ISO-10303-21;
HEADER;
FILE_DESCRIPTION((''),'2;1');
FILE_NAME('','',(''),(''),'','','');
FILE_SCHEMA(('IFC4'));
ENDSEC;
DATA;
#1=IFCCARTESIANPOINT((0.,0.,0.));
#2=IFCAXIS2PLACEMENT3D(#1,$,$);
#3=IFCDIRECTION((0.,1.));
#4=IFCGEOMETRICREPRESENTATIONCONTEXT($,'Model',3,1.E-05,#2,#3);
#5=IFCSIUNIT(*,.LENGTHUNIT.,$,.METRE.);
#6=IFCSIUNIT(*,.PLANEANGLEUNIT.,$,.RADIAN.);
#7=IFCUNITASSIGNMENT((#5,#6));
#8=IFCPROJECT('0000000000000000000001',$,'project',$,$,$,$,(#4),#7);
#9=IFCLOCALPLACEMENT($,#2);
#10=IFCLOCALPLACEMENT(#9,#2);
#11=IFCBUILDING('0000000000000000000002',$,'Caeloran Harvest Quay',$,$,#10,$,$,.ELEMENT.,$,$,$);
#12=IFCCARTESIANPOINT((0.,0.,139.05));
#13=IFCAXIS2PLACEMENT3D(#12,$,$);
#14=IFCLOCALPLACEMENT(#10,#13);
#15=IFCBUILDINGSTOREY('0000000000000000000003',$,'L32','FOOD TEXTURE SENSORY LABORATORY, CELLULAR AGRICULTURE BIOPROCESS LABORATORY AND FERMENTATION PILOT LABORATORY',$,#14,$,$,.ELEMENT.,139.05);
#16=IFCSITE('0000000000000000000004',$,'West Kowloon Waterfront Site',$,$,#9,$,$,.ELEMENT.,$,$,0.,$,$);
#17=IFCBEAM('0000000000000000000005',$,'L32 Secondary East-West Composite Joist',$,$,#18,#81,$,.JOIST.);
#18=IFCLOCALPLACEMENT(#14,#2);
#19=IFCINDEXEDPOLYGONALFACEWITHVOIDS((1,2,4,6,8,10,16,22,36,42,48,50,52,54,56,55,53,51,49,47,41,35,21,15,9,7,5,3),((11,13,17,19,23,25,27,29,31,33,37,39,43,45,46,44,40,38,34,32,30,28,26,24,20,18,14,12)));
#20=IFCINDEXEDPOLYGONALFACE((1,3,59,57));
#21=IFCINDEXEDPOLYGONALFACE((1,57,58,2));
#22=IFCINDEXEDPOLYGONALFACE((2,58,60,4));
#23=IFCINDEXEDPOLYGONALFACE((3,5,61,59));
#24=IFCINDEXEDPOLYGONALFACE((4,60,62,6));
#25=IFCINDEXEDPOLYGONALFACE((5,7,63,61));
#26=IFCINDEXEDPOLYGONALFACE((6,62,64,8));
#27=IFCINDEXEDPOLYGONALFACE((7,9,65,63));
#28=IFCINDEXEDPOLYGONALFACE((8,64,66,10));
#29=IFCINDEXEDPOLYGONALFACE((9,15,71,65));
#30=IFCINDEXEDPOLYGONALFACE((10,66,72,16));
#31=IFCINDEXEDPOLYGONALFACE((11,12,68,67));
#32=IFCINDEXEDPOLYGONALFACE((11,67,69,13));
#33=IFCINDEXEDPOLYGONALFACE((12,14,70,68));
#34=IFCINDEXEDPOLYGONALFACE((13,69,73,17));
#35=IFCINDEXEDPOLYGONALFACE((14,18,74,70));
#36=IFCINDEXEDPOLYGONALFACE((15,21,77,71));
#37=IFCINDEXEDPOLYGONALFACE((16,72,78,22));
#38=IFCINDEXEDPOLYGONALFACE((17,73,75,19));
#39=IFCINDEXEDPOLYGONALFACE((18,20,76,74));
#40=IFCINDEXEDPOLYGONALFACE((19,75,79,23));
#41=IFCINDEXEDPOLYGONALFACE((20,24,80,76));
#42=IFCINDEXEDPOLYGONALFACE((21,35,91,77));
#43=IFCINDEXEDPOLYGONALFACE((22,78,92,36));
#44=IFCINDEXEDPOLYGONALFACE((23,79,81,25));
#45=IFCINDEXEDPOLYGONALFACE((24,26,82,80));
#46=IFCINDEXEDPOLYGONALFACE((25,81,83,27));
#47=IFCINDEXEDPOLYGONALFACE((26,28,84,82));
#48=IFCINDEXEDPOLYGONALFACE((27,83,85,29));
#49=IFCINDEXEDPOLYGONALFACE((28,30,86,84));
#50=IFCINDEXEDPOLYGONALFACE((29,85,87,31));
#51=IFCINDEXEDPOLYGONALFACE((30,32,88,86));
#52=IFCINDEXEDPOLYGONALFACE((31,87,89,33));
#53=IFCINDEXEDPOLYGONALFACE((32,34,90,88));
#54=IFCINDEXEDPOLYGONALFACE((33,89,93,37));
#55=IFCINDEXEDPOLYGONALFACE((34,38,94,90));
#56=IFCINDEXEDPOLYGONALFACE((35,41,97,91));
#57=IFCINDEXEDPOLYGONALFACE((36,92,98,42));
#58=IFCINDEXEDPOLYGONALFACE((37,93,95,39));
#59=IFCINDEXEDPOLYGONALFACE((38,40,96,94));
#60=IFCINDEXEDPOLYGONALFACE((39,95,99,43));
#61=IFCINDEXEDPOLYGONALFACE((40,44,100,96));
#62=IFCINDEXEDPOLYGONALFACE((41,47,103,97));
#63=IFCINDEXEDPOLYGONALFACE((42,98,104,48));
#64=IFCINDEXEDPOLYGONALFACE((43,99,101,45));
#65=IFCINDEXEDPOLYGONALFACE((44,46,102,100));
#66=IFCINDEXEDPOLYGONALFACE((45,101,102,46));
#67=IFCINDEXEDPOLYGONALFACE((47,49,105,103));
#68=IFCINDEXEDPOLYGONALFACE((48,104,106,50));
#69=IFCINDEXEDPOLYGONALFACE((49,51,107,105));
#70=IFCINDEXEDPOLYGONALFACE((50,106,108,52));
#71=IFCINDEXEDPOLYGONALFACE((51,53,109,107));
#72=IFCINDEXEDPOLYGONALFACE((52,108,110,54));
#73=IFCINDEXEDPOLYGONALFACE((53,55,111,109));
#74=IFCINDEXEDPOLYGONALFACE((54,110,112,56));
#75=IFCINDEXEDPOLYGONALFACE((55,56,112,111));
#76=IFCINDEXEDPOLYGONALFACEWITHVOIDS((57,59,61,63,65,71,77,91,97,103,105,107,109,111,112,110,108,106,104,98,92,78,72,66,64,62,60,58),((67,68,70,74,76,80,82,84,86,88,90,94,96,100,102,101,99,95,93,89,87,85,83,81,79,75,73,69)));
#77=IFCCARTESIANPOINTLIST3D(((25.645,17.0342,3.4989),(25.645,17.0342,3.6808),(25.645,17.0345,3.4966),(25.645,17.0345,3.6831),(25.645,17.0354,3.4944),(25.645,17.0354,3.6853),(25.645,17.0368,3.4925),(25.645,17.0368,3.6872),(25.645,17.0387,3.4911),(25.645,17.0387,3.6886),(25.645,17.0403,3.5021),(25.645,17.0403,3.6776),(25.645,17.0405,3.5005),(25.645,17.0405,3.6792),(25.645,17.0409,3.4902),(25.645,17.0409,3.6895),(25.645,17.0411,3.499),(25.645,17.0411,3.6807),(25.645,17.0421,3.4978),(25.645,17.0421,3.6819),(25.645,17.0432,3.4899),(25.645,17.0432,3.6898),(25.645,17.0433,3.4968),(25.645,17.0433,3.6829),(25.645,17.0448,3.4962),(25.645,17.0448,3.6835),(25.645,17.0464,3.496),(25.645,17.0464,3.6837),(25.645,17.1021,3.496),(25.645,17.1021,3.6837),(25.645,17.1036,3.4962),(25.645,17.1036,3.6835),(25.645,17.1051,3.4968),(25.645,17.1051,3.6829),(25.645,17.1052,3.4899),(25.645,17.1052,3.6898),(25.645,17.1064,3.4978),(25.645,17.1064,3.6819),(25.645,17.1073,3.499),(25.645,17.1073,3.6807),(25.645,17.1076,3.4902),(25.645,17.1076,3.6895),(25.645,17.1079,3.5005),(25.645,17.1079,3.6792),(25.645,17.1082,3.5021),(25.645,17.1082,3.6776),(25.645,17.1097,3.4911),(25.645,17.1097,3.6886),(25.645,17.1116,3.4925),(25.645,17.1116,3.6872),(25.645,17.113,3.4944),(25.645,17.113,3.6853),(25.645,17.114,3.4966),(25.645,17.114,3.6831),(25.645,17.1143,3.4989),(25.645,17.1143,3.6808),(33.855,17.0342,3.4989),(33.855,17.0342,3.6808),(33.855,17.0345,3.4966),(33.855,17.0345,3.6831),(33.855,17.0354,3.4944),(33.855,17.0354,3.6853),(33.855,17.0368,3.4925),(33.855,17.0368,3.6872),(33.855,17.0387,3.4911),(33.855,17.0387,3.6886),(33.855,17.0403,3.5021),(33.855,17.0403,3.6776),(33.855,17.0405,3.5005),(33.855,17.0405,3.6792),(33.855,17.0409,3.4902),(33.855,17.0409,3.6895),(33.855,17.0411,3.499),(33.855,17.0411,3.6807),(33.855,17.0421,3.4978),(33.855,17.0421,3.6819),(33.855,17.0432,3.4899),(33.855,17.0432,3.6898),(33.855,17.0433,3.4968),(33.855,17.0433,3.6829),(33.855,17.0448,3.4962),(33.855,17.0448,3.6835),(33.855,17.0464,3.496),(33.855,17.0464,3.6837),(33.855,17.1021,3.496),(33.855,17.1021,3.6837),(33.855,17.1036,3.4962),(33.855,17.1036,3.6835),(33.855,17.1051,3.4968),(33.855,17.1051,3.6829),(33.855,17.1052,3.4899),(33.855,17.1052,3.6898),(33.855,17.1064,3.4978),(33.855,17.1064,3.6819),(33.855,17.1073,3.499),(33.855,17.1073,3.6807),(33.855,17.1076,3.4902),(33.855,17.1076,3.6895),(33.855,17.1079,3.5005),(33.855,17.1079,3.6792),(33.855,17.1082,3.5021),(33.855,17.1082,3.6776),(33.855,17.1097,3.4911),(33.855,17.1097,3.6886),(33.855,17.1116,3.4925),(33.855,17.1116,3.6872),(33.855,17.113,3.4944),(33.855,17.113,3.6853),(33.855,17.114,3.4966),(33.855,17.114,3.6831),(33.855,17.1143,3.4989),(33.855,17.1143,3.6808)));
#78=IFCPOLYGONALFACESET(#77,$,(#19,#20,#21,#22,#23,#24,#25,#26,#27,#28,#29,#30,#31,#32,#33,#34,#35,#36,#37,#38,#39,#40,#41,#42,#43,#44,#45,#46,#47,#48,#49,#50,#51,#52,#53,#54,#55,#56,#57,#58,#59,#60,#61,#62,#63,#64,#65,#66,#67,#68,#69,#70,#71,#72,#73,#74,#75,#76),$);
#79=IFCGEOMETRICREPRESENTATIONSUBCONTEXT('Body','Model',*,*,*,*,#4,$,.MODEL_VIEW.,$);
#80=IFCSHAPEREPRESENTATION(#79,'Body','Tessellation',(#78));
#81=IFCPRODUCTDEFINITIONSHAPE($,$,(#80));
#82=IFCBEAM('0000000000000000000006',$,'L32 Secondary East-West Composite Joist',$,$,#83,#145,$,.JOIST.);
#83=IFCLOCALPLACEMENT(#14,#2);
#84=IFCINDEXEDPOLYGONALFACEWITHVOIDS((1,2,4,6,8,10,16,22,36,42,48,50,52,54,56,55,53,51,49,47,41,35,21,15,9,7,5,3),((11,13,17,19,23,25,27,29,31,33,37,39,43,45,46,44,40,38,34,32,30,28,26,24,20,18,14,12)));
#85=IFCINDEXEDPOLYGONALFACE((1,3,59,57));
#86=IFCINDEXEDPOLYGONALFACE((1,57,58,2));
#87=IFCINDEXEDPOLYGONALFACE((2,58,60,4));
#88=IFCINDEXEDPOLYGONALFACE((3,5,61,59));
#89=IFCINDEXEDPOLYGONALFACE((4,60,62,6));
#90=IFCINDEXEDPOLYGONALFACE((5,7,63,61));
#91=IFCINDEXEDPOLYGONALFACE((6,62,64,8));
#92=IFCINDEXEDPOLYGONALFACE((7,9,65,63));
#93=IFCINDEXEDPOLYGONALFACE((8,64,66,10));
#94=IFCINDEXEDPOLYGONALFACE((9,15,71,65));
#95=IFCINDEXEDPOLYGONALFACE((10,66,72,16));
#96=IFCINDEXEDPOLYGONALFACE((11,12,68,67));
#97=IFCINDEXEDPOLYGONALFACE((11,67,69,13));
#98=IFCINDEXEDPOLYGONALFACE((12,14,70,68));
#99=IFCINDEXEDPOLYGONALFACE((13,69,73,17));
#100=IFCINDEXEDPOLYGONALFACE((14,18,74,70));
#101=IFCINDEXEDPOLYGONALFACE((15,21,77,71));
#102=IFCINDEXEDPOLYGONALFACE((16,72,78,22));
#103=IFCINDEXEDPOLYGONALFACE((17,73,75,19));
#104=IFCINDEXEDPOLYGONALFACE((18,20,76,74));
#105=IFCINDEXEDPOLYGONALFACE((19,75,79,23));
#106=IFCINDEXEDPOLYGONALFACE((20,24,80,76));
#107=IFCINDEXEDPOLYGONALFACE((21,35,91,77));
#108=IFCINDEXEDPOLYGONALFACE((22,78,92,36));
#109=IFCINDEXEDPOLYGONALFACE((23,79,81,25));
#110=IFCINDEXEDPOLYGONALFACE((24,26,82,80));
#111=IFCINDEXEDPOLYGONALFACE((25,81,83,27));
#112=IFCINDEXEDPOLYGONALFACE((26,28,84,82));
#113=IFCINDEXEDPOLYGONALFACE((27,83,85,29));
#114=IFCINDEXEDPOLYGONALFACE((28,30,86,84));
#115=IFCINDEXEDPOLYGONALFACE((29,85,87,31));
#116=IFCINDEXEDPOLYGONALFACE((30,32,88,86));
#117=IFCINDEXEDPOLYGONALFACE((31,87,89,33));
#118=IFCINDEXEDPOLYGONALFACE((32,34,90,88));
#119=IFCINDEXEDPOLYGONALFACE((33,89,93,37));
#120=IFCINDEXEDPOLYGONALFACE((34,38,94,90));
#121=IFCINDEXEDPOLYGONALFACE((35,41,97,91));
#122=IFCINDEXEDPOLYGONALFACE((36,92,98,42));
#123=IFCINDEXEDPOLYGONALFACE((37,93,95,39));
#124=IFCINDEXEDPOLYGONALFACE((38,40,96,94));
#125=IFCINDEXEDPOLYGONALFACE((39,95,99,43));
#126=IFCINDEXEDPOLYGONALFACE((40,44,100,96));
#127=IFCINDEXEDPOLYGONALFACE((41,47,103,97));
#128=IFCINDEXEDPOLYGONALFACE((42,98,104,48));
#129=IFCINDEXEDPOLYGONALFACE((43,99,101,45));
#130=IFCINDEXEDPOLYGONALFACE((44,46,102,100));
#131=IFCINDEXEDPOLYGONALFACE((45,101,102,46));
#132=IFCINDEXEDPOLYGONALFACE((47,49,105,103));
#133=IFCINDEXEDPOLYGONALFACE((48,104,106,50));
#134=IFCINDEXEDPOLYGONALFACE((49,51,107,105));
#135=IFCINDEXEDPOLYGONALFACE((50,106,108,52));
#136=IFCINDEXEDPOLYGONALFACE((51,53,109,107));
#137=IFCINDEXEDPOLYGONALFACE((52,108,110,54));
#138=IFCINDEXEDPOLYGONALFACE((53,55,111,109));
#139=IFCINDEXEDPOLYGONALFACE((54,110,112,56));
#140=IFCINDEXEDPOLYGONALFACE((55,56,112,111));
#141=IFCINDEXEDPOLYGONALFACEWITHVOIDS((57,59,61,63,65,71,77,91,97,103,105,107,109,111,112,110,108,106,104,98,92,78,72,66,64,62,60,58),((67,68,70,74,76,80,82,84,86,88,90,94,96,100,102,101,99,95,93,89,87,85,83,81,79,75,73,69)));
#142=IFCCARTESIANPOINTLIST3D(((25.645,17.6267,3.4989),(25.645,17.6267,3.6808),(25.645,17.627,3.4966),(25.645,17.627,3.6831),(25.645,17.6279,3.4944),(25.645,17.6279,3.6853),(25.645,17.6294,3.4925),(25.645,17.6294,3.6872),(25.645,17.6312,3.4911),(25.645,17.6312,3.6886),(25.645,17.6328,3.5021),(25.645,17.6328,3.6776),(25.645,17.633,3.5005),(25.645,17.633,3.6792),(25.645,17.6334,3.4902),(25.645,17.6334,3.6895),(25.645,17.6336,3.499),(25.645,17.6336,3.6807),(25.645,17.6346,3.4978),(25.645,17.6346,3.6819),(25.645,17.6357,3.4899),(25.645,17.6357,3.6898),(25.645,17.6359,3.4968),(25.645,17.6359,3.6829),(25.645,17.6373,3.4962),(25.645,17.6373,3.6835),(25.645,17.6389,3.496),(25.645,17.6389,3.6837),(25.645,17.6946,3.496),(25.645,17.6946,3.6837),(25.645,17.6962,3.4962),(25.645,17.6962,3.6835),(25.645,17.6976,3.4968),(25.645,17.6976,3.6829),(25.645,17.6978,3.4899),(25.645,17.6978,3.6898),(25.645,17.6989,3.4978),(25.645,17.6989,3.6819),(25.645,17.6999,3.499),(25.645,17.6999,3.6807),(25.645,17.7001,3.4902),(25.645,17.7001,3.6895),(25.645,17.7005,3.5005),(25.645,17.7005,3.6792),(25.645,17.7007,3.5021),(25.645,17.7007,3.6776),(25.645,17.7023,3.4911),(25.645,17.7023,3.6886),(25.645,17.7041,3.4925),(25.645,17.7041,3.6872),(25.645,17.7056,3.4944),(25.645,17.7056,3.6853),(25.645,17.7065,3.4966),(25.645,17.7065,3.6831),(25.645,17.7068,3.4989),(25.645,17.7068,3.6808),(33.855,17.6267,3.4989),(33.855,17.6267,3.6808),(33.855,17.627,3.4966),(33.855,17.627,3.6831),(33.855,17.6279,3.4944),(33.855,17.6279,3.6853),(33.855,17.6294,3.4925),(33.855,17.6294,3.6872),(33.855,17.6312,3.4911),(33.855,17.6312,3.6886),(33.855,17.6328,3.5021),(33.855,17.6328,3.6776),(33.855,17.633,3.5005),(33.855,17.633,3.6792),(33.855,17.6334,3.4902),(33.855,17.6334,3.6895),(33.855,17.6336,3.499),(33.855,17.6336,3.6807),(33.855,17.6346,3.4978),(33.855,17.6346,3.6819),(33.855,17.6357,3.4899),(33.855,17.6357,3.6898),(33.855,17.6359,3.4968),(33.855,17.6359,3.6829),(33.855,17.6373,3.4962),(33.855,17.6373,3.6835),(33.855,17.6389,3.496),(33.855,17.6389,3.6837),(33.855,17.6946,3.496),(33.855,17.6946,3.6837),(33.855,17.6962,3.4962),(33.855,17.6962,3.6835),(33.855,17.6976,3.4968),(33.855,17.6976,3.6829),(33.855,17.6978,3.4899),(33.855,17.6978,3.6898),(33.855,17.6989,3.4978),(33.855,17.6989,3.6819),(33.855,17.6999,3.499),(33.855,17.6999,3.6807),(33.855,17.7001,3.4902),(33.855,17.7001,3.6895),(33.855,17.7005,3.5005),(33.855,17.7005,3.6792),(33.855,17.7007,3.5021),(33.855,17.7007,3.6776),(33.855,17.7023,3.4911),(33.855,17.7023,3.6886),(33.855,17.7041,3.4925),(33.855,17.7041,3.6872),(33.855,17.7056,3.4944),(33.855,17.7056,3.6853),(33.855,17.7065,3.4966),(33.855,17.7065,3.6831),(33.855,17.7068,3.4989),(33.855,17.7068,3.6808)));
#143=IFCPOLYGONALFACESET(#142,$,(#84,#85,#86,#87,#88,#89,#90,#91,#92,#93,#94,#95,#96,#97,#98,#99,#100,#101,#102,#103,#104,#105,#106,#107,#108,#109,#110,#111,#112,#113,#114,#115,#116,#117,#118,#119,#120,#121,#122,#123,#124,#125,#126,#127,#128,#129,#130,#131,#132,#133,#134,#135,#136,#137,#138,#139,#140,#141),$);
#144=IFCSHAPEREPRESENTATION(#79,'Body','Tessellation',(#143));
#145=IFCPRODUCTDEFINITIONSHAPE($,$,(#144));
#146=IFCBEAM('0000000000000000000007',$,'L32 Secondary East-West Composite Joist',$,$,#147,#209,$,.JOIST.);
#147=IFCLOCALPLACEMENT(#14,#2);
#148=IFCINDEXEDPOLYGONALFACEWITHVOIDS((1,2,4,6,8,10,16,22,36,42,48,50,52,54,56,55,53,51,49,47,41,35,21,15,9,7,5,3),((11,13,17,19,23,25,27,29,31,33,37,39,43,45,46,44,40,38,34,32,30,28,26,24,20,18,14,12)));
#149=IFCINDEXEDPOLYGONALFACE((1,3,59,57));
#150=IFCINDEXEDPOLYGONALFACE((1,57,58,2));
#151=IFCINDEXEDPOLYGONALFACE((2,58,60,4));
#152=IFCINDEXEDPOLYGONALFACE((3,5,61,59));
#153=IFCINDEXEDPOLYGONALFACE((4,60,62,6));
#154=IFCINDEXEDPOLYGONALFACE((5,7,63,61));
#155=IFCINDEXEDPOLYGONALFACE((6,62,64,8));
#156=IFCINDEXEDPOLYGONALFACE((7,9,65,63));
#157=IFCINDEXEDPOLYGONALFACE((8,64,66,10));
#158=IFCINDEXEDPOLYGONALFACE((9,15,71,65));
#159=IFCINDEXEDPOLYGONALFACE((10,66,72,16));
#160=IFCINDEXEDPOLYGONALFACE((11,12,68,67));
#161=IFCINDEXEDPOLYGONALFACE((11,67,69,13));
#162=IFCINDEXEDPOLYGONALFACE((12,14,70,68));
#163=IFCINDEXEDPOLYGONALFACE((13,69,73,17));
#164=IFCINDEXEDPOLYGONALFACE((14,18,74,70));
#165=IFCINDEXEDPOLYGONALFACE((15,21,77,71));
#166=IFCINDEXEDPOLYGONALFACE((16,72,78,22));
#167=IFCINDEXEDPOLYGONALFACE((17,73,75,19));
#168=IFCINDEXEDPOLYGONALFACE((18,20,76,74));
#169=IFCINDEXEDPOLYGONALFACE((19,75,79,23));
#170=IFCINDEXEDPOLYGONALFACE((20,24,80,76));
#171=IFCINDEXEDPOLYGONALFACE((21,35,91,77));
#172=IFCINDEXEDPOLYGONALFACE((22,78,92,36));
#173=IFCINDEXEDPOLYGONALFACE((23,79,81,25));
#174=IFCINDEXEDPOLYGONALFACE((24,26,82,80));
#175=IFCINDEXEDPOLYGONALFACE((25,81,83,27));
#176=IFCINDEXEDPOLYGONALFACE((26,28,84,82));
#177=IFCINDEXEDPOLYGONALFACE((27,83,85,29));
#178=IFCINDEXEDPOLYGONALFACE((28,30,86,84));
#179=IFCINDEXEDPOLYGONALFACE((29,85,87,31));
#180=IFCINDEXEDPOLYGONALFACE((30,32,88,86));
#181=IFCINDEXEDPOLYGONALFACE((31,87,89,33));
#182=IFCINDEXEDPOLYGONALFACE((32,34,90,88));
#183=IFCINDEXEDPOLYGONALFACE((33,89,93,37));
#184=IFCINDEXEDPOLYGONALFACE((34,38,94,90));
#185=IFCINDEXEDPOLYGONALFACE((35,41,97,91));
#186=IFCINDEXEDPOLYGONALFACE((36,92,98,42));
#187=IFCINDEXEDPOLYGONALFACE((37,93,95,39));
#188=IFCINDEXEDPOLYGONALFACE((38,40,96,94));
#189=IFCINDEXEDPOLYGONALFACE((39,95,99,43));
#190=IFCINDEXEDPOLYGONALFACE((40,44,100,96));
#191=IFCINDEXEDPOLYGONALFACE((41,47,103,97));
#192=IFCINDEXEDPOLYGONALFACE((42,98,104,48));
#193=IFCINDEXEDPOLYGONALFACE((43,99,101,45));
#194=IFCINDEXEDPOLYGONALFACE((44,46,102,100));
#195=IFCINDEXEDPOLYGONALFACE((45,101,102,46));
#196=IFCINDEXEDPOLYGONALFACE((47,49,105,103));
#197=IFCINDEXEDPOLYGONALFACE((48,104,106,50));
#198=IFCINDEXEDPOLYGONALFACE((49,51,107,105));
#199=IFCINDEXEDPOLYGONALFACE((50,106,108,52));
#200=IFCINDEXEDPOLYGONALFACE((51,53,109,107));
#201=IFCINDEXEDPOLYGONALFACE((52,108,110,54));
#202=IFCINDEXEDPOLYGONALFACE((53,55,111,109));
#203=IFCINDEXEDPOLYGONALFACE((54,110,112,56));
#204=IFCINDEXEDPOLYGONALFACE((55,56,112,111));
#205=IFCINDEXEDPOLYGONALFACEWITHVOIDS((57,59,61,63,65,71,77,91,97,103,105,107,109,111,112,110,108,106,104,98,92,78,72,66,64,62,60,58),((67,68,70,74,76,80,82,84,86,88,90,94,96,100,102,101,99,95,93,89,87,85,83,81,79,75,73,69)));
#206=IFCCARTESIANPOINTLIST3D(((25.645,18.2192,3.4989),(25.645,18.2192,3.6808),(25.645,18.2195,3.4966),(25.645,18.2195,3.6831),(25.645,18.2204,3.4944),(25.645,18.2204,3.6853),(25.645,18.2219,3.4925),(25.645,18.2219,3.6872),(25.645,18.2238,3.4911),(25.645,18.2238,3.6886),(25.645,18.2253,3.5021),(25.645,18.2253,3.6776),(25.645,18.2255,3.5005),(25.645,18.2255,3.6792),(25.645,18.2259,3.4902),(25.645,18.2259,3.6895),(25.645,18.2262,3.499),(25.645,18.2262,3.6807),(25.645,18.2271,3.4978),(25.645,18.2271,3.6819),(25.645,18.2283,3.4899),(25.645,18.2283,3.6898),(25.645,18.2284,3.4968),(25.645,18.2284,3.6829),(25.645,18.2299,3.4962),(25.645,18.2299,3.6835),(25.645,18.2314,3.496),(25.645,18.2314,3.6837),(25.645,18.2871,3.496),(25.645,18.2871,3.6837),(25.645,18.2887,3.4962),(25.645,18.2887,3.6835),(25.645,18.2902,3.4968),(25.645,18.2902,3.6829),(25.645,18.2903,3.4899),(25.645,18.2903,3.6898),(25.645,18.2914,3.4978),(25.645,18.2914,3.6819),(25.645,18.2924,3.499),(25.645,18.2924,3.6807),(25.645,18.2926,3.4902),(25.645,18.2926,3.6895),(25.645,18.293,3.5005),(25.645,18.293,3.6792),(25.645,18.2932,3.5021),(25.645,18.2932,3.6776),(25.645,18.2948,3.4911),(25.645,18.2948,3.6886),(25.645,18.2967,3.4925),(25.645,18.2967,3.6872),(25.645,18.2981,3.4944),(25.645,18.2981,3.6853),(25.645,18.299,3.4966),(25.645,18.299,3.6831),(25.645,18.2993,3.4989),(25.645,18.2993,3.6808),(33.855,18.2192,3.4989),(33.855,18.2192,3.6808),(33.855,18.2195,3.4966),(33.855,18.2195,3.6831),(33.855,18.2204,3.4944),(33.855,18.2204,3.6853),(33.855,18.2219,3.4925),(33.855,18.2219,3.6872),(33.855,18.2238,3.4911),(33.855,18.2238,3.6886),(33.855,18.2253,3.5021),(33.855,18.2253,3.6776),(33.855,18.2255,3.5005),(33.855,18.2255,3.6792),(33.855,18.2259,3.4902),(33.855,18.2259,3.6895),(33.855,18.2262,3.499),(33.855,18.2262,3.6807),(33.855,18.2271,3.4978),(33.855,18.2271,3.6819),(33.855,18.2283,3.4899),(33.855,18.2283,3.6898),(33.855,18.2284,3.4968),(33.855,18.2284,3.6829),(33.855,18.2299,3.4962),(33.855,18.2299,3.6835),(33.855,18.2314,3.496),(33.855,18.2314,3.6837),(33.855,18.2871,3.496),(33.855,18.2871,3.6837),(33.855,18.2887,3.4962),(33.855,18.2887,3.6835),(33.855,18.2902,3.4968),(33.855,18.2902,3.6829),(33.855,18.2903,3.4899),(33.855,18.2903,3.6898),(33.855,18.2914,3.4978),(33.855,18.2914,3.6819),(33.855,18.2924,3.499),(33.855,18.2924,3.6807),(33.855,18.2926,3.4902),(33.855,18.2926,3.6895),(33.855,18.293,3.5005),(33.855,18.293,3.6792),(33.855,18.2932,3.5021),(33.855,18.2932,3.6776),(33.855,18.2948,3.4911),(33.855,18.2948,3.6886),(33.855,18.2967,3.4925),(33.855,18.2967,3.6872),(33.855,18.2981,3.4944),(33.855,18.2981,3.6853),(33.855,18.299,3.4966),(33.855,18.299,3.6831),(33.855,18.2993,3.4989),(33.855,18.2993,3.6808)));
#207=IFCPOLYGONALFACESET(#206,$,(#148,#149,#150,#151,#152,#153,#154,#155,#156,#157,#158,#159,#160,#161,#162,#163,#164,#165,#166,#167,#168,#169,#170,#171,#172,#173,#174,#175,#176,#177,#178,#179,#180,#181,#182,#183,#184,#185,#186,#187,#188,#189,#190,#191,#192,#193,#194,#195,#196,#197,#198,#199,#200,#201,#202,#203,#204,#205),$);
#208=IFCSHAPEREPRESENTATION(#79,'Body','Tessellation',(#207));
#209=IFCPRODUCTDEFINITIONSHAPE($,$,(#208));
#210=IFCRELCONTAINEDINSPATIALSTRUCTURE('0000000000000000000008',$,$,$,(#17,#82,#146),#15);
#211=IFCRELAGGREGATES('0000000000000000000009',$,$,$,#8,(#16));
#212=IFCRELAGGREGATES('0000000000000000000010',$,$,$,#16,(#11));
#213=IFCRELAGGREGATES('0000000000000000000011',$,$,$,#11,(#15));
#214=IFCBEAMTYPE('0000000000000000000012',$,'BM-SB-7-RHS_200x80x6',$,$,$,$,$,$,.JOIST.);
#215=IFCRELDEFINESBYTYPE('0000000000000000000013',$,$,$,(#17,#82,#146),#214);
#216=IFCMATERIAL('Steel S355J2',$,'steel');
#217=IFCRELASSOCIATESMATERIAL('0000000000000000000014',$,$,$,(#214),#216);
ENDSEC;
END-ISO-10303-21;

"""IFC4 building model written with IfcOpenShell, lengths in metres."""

from ifc_helpers import new_model, si_unit, direction, frame, origin, origin_2d, place, context, subcontext, project, spatial, hollow_rectangle, extrude, material, material_profile, profile_set, type_object, element, save


model = new_model("IFC4")

# Units and contexts
model_context = context("Model", 3, precision=1e-05, world=origin(), true_north=direction((0.0, 1.0)))
body_context = subcontext(model_context, "Body", "Model", "MODEL_VIEW")
ifc_project = project(units=[si_unit("LENGTHUNIT", "METRE"), si_unit("PLANEANGLEUNIT", "RADIAN")], contexts=[model_context])

# Site, building, storey
site_placement = place(None, origin())
site = spatial("IfcSite", under=ifc_project, at=site_placement, Name="West Kowloon Waterfront Site", CompositionType="ELEMENT", RefElevation=0.0)
building_placement = place(site_placement, origin())
building = spatial("IfcBuilding", under=site, at=building_placement, Name="Caeloran Harvest Quay", CompositionType="ELEMENT")
storey_placement = place(building_placement, frame((0.0, 0.0, 139.05)))
storey = spatial("IfcBuildingStorey", under=building, at=storey_placement, Name="L32", Description="FOOD TEXTURE SENSORY LABORATORY, CELLULAR AGRICULTURE BIOPROCESS LABORATORY AND FERMENTATION PILOT LABORATORY", CompositionType="ELEMENT", Elevation=139.05)

# Beams
ifc_material_1 = material(Name="Steel S355J2", Category="steel")
ifc_material_profile_1 = material_profile(ifc_material_1, hollow_rectangle(XDim=0.0801, YDim=0.2, WallThickness=0.0061, InnerFilletRadius=0.0061, OuterFilletRadius=0.009, at=origin_2d()), Name="RHS 200x80x6")
ifc_profile_set_1 = profile_set([ifc_material_profile_1], Name="Steel S355J2")
beam_type_1 = type_object("IfcBeamType", Name="BM-SB-7-RHS_200x80x6", PredefinedType="JOIST", material=ifc_profile_set_1)
for number, where, z_axis, x_axis, name in (
    (1, (25.645, 17.0742, 3.5898), (1.0, 0.0, 0.0), (0.0, 1.0, 0.0), "L32 Secondary East-West Composite Joist"),
    (2, (25.645, 17.6667, 3.5898), (1.0, 0.0, 0.0), (0.0, 1.0, 0.0), "L32 Secondary East-West Composite Joist"),
    (3, (25.645, 18.2593, 3.5898), (1.0, 0.0, 0.0), (0.0, 1.0, 0.0), "L32 Secondary East-West Composite Joist"),
):
    element("IfcBeam", number, at=place(storey_placement, frame(where, z_axis=z_axis, x_axis=x_axis)), inside=storey, type_object=beam_type_1, Name=name, PredefinedType="JOIST", context=body_context, shape_type="SweptSolid", body=[
        extrude(hollow_rectangle(XDim=0.0801, YDim=0.2, WallThickness=0.0061, InnerFilletRadius=0.0061, OuterFilletRadius=0.009, at=origin_2d()), origin(), (0.0, 0.0, 1.0), 8.21),
    ])

save(model, "model.ifc")
